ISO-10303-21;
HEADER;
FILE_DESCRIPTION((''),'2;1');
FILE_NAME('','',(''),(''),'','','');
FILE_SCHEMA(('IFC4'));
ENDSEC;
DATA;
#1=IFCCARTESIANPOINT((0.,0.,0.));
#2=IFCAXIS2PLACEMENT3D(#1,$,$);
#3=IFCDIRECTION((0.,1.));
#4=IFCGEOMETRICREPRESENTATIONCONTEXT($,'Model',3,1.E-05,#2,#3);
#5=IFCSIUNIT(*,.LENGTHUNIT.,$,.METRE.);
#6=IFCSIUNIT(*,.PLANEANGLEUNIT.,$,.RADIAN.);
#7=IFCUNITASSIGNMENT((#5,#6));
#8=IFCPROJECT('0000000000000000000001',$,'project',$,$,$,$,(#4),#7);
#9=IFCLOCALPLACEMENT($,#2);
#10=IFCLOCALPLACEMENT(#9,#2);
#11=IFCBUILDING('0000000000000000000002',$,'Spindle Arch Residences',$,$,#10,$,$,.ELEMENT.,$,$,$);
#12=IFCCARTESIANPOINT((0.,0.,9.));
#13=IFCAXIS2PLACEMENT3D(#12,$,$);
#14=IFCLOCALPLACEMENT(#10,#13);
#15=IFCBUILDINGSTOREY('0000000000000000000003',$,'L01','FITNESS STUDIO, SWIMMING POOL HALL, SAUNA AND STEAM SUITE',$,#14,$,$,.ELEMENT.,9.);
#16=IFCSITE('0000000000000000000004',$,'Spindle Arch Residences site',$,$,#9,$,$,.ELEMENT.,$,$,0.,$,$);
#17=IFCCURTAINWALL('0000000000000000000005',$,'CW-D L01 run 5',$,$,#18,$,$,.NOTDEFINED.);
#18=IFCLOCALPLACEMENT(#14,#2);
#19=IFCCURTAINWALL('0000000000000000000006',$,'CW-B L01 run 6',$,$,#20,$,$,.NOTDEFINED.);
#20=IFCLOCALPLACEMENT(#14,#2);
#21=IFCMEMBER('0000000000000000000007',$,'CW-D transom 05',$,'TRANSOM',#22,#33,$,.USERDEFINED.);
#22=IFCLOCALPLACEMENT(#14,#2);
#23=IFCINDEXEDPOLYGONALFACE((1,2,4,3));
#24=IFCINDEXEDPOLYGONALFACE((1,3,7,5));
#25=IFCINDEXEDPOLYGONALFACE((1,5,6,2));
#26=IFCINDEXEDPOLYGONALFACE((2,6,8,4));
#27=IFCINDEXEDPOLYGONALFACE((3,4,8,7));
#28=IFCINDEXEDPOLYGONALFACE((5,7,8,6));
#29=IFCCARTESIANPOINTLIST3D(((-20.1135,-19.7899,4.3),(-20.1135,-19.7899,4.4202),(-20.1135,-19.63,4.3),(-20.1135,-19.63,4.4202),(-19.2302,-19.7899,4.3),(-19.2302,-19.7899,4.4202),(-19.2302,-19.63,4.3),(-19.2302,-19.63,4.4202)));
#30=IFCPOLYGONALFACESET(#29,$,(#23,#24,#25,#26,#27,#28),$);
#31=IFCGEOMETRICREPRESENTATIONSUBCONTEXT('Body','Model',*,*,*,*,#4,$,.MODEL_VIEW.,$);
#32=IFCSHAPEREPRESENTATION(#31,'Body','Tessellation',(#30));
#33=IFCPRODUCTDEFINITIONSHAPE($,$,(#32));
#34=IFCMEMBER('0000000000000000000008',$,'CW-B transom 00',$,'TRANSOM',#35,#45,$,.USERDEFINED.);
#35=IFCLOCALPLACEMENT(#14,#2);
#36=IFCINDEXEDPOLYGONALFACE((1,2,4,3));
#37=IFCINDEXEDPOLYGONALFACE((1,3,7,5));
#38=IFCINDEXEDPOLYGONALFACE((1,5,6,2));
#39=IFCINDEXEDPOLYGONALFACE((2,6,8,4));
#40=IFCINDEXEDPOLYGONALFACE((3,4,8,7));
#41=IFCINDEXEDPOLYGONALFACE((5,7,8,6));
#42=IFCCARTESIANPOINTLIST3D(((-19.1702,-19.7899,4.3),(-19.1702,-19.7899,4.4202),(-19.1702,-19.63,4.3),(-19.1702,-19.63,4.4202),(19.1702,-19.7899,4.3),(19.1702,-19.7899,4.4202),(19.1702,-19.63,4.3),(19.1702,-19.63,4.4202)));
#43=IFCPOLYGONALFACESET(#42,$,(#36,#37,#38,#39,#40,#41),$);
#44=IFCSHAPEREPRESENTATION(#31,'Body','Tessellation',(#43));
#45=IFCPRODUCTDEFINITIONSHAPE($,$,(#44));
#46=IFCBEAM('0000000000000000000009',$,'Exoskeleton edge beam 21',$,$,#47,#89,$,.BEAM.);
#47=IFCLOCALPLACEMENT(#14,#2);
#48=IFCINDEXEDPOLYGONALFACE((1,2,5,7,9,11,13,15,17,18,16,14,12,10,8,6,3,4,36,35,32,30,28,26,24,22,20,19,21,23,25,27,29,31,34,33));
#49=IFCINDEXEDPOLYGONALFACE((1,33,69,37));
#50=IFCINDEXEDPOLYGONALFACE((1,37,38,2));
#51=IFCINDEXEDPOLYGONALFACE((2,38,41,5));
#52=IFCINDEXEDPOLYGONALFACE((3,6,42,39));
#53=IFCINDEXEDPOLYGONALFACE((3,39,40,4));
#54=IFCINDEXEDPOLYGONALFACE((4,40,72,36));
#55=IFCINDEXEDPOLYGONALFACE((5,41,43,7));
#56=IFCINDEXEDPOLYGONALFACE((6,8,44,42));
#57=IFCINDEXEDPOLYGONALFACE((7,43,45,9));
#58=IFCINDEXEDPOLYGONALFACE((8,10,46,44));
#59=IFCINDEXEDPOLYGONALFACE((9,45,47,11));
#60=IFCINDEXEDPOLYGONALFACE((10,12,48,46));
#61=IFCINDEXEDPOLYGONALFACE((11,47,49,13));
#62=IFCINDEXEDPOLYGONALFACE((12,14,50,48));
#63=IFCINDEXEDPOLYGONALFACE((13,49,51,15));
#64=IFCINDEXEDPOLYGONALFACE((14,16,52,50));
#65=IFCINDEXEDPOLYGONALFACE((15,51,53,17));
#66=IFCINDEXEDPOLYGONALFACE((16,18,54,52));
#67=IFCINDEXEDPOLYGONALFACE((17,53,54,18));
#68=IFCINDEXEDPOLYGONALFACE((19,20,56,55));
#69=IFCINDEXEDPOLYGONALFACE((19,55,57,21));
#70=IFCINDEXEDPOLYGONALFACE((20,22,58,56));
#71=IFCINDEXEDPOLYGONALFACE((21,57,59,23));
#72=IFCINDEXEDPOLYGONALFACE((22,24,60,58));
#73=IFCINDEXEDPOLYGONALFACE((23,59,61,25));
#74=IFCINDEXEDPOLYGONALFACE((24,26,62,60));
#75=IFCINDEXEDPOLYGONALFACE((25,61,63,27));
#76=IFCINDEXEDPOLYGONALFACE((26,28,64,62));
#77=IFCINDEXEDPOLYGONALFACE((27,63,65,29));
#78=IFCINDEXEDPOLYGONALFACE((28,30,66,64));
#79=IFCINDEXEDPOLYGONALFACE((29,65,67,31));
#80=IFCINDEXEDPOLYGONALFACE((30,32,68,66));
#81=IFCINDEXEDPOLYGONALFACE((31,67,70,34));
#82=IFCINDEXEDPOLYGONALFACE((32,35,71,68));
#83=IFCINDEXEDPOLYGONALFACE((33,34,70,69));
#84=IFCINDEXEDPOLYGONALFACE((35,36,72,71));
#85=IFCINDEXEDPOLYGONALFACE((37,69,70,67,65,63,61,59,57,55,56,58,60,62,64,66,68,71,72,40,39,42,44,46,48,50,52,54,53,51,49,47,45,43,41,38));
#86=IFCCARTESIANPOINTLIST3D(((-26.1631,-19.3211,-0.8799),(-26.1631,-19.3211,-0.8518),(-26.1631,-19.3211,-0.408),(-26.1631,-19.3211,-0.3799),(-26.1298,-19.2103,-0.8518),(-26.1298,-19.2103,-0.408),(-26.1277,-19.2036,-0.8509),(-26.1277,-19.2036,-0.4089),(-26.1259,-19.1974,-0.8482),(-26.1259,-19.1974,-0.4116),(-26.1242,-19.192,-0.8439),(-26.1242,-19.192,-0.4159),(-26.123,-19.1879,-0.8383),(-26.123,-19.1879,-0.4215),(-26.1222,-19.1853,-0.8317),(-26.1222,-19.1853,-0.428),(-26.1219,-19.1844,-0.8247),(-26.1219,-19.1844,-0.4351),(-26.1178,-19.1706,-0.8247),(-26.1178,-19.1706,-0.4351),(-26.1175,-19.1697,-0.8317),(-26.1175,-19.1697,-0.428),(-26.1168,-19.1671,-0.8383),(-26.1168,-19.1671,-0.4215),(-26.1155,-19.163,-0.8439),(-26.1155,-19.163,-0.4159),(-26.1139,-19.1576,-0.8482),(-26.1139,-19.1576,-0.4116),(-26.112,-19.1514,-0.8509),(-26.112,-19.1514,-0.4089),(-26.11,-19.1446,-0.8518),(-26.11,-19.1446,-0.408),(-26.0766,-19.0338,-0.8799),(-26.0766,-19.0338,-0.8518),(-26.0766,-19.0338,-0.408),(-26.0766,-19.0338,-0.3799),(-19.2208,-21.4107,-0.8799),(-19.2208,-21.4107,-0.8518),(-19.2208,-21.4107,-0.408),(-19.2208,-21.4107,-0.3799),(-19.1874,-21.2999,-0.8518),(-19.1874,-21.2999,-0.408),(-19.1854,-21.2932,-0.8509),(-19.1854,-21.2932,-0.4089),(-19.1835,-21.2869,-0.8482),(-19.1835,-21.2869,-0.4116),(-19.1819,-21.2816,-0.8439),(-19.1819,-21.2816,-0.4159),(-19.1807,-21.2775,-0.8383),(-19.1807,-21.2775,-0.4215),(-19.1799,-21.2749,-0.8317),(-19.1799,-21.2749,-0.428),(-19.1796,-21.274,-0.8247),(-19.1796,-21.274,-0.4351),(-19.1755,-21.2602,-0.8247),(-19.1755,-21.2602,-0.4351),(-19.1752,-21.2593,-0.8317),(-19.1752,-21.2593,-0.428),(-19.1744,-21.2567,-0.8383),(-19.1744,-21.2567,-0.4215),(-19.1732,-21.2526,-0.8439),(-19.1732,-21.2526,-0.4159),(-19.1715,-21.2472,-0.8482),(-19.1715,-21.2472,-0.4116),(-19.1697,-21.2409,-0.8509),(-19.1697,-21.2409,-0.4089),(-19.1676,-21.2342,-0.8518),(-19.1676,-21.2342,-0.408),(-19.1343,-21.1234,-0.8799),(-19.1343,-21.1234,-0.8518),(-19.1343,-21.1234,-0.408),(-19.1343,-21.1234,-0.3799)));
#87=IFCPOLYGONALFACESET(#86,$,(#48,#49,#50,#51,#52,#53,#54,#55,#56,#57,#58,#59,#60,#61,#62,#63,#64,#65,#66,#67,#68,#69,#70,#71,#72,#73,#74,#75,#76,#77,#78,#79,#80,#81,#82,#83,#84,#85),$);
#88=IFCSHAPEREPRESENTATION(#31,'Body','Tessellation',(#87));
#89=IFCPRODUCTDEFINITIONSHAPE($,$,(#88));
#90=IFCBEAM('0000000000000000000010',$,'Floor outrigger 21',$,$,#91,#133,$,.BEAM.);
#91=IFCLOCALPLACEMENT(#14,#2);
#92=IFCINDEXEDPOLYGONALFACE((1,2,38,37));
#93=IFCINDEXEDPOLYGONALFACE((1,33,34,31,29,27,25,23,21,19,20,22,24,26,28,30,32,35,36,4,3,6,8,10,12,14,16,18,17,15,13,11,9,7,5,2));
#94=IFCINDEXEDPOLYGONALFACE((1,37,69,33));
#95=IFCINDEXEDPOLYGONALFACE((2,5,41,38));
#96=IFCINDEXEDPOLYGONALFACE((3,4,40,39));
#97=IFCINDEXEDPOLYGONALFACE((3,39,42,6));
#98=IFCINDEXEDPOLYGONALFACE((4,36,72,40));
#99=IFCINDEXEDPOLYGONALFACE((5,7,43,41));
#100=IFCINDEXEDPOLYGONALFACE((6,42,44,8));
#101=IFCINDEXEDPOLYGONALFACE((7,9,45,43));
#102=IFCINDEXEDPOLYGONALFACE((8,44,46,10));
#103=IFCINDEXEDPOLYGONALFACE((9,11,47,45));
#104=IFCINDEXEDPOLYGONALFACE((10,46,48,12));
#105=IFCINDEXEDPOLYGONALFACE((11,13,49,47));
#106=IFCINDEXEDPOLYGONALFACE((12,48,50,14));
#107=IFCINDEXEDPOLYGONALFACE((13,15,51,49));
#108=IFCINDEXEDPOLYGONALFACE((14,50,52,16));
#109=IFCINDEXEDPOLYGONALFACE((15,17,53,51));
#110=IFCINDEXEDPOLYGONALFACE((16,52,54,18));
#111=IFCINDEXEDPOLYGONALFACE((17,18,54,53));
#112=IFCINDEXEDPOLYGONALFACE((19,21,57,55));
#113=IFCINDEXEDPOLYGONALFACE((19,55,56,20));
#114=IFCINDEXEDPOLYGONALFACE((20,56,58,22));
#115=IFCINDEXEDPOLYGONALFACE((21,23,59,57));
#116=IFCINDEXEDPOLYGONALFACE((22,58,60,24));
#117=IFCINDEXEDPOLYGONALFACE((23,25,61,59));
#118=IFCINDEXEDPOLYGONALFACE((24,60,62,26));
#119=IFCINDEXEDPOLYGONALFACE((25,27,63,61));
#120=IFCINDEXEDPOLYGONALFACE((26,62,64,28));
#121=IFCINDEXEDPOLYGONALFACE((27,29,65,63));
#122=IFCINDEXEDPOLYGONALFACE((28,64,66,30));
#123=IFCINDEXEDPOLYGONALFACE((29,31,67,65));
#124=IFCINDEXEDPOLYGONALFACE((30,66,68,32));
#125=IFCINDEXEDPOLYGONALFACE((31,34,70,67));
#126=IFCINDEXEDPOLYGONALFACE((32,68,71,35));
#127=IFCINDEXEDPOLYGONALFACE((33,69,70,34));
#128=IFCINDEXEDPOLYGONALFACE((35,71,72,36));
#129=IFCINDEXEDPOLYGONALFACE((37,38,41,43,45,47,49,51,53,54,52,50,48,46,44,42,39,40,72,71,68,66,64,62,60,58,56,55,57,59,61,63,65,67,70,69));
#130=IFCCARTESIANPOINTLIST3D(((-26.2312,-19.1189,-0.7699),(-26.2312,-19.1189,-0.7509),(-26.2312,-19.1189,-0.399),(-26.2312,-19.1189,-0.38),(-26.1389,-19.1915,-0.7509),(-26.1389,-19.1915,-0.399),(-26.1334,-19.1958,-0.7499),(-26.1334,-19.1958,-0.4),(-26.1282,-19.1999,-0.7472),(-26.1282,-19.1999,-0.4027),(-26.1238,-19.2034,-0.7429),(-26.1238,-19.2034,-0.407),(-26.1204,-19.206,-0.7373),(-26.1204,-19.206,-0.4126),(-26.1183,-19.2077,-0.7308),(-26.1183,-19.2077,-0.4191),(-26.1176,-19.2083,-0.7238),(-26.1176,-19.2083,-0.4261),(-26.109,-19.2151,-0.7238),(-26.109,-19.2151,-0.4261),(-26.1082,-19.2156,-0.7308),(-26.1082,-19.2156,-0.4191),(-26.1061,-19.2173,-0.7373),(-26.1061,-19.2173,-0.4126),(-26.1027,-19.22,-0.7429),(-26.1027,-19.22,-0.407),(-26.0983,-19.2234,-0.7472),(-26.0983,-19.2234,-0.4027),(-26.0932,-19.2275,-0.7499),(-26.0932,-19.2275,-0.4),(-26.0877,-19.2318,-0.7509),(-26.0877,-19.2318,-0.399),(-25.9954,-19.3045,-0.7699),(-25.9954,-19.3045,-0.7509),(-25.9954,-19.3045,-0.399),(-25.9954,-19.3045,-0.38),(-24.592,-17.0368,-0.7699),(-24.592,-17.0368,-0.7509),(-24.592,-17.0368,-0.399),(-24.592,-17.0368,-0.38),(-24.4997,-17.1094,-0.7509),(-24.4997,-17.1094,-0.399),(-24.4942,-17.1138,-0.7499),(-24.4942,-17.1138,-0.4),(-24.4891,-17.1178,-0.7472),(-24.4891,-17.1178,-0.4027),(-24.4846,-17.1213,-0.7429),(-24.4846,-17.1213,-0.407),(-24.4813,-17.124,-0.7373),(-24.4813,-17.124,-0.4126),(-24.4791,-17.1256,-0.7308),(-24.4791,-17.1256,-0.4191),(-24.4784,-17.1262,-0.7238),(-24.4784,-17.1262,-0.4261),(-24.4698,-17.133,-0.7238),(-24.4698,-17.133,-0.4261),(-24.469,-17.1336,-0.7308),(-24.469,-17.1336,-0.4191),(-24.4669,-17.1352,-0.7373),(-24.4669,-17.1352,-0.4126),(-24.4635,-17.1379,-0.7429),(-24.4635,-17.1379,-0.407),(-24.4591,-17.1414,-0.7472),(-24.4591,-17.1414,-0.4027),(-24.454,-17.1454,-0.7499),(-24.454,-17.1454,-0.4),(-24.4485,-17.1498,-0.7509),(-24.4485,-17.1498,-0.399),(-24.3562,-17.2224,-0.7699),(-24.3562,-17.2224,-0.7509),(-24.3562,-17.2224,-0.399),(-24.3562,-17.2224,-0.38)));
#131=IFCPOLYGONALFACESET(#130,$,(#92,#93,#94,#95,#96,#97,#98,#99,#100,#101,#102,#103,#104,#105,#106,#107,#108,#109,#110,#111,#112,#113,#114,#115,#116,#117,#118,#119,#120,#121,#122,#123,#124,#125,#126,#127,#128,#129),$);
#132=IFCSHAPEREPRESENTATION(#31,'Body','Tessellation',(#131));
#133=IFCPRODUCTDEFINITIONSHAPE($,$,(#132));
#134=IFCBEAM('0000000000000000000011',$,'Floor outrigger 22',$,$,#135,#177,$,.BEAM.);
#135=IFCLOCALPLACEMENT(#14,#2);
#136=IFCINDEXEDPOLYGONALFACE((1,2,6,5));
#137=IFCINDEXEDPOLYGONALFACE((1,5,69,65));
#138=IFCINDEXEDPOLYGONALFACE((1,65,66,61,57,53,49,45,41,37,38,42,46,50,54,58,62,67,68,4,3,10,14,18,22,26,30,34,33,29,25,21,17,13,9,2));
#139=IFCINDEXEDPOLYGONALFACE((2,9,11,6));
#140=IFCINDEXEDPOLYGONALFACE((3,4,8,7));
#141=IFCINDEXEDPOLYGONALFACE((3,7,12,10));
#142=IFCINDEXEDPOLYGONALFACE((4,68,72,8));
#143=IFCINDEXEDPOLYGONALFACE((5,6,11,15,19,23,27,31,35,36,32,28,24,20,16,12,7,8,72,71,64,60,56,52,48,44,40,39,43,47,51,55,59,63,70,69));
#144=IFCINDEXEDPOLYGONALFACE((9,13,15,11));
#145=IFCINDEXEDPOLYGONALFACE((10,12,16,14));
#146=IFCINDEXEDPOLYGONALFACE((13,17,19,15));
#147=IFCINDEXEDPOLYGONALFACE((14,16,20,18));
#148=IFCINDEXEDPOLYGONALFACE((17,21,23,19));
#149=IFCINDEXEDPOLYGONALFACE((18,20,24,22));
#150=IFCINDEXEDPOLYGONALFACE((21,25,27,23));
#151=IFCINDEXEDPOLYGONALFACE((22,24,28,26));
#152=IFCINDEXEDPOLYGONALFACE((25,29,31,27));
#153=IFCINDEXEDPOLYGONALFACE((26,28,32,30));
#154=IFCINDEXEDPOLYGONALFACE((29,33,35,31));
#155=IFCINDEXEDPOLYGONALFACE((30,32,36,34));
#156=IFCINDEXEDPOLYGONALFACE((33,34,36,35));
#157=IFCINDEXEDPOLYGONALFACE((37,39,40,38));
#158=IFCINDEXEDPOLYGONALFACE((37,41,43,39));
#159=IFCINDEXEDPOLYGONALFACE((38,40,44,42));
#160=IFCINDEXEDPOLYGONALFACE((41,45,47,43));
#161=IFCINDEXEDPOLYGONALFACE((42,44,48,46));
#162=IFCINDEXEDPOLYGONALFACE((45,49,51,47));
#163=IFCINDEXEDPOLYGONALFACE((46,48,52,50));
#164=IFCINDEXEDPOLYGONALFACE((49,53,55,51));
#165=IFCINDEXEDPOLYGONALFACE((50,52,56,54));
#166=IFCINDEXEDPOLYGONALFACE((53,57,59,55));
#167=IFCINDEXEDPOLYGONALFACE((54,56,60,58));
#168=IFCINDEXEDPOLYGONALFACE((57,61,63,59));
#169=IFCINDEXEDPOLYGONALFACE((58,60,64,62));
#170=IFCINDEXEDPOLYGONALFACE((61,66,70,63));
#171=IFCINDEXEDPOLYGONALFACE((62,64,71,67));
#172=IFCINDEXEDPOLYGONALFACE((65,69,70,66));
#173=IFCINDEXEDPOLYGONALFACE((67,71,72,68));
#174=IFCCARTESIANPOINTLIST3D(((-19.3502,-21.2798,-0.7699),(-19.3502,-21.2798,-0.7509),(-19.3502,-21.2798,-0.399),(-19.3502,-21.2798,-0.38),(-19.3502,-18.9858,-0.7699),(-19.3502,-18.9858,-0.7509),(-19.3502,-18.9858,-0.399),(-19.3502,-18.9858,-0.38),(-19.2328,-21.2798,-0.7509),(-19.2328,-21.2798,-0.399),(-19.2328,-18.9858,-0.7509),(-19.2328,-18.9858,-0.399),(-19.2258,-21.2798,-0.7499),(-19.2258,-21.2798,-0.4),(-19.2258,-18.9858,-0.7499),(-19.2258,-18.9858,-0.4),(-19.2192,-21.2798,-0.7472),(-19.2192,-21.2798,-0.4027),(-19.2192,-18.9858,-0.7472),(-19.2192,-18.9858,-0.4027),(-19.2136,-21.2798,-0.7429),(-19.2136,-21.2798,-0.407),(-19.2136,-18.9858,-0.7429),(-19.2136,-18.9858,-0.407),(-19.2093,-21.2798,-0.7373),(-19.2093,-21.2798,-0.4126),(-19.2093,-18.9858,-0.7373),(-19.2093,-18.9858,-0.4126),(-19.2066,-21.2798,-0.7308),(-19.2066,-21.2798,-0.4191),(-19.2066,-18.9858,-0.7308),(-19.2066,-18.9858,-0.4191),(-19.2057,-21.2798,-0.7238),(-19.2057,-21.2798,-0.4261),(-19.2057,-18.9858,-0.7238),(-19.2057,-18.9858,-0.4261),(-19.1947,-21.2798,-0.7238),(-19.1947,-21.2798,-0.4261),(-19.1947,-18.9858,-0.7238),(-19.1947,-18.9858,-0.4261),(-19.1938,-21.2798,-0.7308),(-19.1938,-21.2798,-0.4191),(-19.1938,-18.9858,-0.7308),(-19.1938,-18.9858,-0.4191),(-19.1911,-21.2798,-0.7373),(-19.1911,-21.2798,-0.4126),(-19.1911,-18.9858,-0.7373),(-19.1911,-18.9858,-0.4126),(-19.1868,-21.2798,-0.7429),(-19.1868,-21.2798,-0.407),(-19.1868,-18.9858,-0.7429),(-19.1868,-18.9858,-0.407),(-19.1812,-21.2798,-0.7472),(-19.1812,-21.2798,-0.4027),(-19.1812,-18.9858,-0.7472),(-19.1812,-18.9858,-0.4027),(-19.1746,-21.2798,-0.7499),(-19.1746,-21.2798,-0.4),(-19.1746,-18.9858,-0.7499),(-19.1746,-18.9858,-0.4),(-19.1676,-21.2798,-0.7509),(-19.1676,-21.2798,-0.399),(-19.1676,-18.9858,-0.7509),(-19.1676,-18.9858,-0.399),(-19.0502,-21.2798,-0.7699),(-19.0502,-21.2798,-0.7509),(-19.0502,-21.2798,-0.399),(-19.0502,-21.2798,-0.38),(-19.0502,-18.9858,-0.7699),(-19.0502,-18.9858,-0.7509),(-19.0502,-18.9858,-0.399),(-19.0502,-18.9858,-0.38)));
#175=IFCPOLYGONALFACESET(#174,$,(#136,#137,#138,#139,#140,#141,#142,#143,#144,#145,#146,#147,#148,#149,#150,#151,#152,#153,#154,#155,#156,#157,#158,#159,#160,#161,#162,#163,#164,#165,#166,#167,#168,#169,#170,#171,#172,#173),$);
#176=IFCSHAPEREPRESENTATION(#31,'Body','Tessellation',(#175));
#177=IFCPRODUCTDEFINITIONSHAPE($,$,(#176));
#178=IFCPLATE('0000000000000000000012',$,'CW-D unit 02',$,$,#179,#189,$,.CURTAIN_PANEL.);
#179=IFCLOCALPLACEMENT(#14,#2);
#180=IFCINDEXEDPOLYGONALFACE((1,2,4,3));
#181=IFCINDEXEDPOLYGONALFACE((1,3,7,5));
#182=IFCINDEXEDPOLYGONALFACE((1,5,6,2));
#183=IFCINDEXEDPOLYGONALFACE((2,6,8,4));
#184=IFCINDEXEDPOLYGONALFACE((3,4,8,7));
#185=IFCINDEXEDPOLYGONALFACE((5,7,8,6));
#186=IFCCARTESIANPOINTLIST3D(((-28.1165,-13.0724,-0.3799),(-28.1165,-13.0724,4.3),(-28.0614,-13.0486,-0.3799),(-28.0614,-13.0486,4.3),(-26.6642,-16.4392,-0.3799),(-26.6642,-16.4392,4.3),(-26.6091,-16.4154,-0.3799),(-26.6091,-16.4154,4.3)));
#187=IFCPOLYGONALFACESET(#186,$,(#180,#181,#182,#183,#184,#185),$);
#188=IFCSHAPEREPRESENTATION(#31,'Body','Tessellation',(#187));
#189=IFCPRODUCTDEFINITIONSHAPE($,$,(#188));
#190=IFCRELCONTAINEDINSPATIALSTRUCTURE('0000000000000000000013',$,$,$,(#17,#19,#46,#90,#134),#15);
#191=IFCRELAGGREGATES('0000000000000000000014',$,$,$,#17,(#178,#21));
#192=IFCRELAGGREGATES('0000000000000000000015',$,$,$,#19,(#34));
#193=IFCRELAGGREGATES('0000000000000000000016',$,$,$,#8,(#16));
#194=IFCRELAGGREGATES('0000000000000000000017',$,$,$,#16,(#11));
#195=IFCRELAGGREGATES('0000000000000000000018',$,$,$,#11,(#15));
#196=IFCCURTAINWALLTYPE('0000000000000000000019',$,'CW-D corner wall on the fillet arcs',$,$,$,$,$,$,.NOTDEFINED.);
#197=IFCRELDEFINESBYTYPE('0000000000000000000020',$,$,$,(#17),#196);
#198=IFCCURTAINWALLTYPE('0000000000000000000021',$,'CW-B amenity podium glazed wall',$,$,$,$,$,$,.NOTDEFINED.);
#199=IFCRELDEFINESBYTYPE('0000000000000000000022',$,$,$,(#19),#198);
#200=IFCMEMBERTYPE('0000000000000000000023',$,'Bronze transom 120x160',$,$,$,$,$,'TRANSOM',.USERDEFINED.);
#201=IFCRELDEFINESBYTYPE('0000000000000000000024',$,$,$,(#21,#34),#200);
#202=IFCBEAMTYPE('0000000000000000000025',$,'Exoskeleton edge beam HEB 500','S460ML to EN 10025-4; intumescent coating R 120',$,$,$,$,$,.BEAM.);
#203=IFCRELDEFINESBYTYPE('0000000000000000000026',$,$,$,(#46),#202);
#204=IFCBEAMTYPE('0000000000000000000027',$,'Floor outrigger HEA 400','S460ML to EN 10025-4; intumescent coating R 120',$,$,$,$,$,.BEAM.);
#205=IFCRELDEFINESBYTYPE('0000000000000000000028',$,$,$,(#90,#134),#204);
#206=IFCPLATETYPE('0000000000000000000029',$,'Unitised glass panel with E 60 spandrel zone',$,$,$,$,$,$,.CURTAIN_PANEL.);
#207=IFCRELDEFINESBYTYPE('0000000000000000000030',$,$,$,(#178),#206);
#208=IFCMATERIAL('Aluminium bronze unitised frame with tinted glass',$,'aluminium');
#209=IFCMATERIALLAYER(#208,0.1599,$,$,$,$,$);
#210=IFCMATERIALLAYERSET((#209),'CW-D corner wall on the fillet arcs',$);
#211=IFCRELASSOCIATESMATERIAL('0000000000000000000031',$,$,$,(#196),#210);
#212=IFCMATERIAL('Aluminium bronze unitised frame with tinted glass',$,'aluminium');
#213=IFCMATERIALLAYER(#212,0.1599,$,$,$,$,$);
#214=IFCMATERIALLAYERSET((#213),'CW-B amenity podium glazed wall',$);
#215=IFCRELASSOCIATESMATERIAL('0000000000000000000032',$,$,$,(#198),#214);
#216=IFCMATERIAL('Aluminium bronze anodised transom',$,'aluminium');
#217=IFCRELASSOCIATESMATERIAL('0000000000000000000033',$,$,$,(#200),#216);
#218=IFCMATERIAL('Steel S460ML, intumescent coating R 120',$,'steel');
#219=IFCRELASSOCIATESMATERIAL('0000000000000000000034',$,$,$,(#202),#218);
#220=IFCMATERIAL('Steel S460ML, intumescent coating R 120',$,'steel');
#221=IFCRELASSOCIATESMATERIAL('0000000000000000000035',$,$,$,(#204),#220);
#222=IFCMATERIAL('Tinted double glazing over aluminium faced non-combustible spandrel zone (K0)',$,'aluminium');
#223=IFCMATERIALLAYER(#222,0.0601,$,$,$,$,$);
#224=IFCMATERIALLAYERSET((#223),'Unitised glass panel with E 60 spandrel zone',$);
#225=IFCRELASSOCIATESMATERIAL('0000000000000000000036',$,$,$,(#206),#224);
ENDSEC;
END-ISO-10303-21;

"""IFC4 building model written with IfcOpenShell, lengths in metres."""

from ifc_helpers import new_model, si_unit, direction, frame, origin, origin_2d, place, context, subcontext, project, spatial, rectangle, i_section, extrude, material, layer, layer_set, material_profile, profile_set, type_object, element, aggregate, save


model = new_model("IFC4")

# Units and contexts
model_context = context("Model", 3, precision=1e-05, world=origin(), true_north=direction((0.0, 1.0)))
body_context = subcontext(model_context, "Body", "Model", "MODEL_VIEW")
ifc_project = project(units=[si_unit("LENGTHUNIT", "METRE"), si_unit("PLANEANGLEUNIT", "RADIAN")], contexts=[model_context])

# Site, building, storey
site_placement = place(None, origin())
site = spatial("IfcSite", under=ifc_project, at=site_placement, Name="Spindle Arch Residences site", CompositionType="ELEMENT", RefElevation=0.0)
building_placement = place(site_placement, origin())
building = spatial("IfcBuilding", under=site, at=building_placement, Name="Spindle Arch Residences", CompositionType="ELEMENT")
storey_placement = place(building_placement, frame((0.0, 0.0, 9.0)))
storey = spatial("IfcBuildingStorey", under=building, at=storey_placement, Name="L01", Description="FITNESS STUDIO, SWIMMING POOL HALL, SAUNA AND STEAM SUITE", CompositionType="ELEMENT", Elevation=9.0)

# Curtain wall
ifc_material_1 = material(Name="Aluminium bronze unitised frame with tinted glass", Category="aluminium")
ifc_layer_1 = layer(ifc_material_1, 0.1599)
ifc_layer_set_1 = layer_set([ifc_layer_1], Name="CW-D corner wall on the fillet arcs")
curtain_wall_type_1 = type_object("IfcCurtainWallType", Name="CW-D corner wall on the fillet arcs", PredefinedType="NOTDEFINED", material=ifc_layer_set_1)
curtain_wall_1_placement = place(storey_placement, origin())
curtain_wall_1 = element("IfcCurtainWall", 1, at=curtain_wall_1_placement, inside=storey, type_object=curtain_wall_type_1, Name="CW-D L01 run 5", PredefinedType="NOTDEFINED")

# Curtain wall
ifc_material_2 = material(Name="Aluminium bronze unitised frame with tinted glass", Category="aluminium")
ifc_layer_2 = layer(ifc_material_2, 0.1599)
ifc_layer_set_2 = layer_set([ifc_layer_2], Name="CW-B amenity podium glazed wall")
curtain_wall_type_2 = type_object("IfcCurtainWallType", Name="CW-B amenity podium glazed wall", PredefinedType="NOTDEFINED", material=ifc_layer_set_2)
curtain_wall_2_placement = place(storey_placement, origin())
curtain_wall_2 = element("IfcCurtainWall", 2, at=curtain_wall_2_placement, inside=storey, type_object=curtain_wall_type_2, Name="CW-B L01 run 6", PredefinedType="NOTDEFINED")

# Members
ifc_material_3 = material(Name="Aluminium bronze anodised transom", Category="aluminium")
ifc_material_profile_1 = material_profile(ifc_material_3, rectangle(XDim=0.1599, YDim=0.1201, at=origin_2d()), Name="TR 120x160")
ifc_profile_set_1 = profile_set([ifc_material_profile_1], Name="Aluminium bronze anodised transom")
member_type_1 = type_object("IfcMemberType", Name="Bronze transom 120x160", ElementType="TRANSOM", PredefinedType="USERDEFINED", material=ifc_profile_set_1)
member_1_placement = place(storey_placement, frame((-20.1135, -19.71, 4.3601), z_axis=(1.0, 0.0, 0.0), x_axis=(0.0, 1.0, 0.0)))
member_1 = element("IfcMember", 3, at=member_1_placement, type_object=member_type_1, Name="CW-D transom 05", ObjectType="TRANSOM", PredefinedType="USERDEFINED", context=body_context, shape_type="SweptSolid", body=[
    extrude(rectangle(XDim=0.1599, YDim=0.1201, at=origin_2d()), origin(), (0.0, 0.0, 1.0), 0.8833),
])
member_2_placement = place(storey_placement, frame((-19.1702, -19.71, 4.3601), z_axis=(1.0, 0.0, 0.0), x_axis=(0.0, 1.0, 0.0)))
member_2 = element("IfcMember", 4, at=member_2_placement, type_object=member_type_1, Name="CW-B transom 00", ObjectType="TRANSOM", PredefinedType="USERDEFINED", context=body_context, shape_type="SweptSolid", body=[
    extrude(rectangle(XDim=0.1599, YDim=0.1201, at=origin_2d()), origin(), (0.0, 0.0, 1.0), 38.3403),
])

# Beams
ifc_material_4 = material(Name="Steel S460ML, intumescent coating R 120", Category="steel")
ifc_material_profile_2 = material_profile(ifc_material_4, i_section(OverallWidth=0.3, OverallDepth=0.5, WebThickness=0.0144, FlangeThickness=0.0281, FilletRadius=0.0271, at=origin_2d()), Name="HEB 500")
ifc_profile_set_2 = profile_set([ifc_material_profile_2], Name="Steel S460ML, intumescent coating R 120")
beam_type_1 = type_object("IfcBeamType", Name="Exoskeleton edge beam HEB 500", Description="S460ML to EN 10025-4; intumescent coating R 120", PredefinedType="BEAM", material=ifc_profile_set_2)
beam_1_placement = place(storey_placement, frame((-26.1199, -19.1775, -0.6299), z_axis=(0.957565, -0.288219, 0.0), x_axis=(0.288219, 0.957565, 0.0)))
element("IfcBeam", 5, at=beam_1_placement, inside=storey, type_object=beam_type_1, Name="Exoskeleton edge beam 21", PredefinedType="BEAM", context=body_context, shape_type="SweptSolid", body=[
    extrude(i_section(OverallWidth=0.3, OverallDepth=0.5, WebThickness=0.0144, FlangeThickness=0.0281, FilletRadius=0.0271, at=origin_2d()), origin(), (0.0, 0.0, 1.0), 7.25),
])
ifc_material_5 = material(Name="Steel S460ML, intumescent coating R 120", Category="steel")
ifc_material_profile_3 = material_profile(ifc_material_5, i_section(OverallWidth=0.3, OverallDepth=0.3899, WebThickness=0.011, FlangeThickness=0.019, FilletRadius=0.0271, at=origin_2d()), Name="HEA 400")
ifc_profile_set_3 = profile_set([ifc_material_profile_3], Name="Steel S460ML, intumescent coating R 120")
beam_type_2 = type_object("IfcBeamType", Name="Floor outrigger HEA 400", Description="S460ML to EN 10025-4; intumescent coating R 120", PredefinedType="BEAM", material=ifc_profile_set_3)
beam_2_placement = place(storey_placement, frame((-26.1133, -19.2117, -0.575), z_axis=(0.618586, 0.785717, 0.0), x_axis=(-0.785717, 0.618586, 0.0)))
element("IfcBeam", 6, at=beam_2_placement, inside=storey, type_object=beam_type_2, Name="Floor outrigger 21", PredefinedType="BEAM", context=body_context, shape_type="SweptSolid", body=[
    extrude(i_section(OverallWidth=0.3, OverallDepth=0.3899, WebThickness=0.011, FlangeThickness=0.019, FilletRadius=0.0271, at=origin_2d()), origin(), (0.0, 0.0, 1.0), 2.6499),
])
beam_3_placement = place(storey_placement, frame((-19.2002, -21.2798, -0.575), z_axis=(0.0, 1.0, 0.0), x_axis=(-1.0, 0.0, 0.0)))
element("IfcBeam", 7, at=beam_3_placement, inside=storey, type_object=beam_type_2, Name="Floor outrigger 22", PredefinedType="BEAM", context=body_context, shape_type="SweptSolid", body=[
    extrude(i_section(OverallWidth=0.3, OverallDepth=0.3899, WebThickness=0.011, FlangeThickness=0.019, FilletRadius=0.0271, at=origin_2d()), origin(), (0.0, 0.0, 1.0), 2.2939),
])

# Plate
ifc_material_6 = material(Name="Tinted double glazing over aluminium faced non-combustible spandrel zone (K0)", Category="aluminium")
ifc_layer_3 = layer(ifc_material_6, 0.0601)
ifc_layer_set_3 = layer_set([ifc_layer_3], Name="Unitised glass panel with E 60 spandrel zone")
plate_type = type_object("IfcPlateType", Name="Unitised glass panel with E 60 spandrel zone", PredefinedType="CURTAIN_PANEL", material=ifc_layer_set_3)
plate_1_placement = place(storey_placement, frame((-27.3628, -14.7439, -0.3799), z_axis=(0.0, 0.0, 1.0), x_axis=(0.39608, -0.918216, 0.0)))
plate_1 = element("IfcPlate", 8, at=plate_1_placement, type_object=plate_type, Name="CW-D unit 02", PredefinedType="CURTAIN_PANEL", context=body_context, shape_type="SweptSolid", body=[
    extrude(rectangle(XDim=3.6667, YDim=0.0601, at=origin_2d()), origin(), (0.0, 0.0, 1.0), 4.6799),
])
aggregate(curtain_wall_1, [plate_1, member_1])
aggregate(curtain_wall_2, [member_2])

save(model, "model.ifc")
